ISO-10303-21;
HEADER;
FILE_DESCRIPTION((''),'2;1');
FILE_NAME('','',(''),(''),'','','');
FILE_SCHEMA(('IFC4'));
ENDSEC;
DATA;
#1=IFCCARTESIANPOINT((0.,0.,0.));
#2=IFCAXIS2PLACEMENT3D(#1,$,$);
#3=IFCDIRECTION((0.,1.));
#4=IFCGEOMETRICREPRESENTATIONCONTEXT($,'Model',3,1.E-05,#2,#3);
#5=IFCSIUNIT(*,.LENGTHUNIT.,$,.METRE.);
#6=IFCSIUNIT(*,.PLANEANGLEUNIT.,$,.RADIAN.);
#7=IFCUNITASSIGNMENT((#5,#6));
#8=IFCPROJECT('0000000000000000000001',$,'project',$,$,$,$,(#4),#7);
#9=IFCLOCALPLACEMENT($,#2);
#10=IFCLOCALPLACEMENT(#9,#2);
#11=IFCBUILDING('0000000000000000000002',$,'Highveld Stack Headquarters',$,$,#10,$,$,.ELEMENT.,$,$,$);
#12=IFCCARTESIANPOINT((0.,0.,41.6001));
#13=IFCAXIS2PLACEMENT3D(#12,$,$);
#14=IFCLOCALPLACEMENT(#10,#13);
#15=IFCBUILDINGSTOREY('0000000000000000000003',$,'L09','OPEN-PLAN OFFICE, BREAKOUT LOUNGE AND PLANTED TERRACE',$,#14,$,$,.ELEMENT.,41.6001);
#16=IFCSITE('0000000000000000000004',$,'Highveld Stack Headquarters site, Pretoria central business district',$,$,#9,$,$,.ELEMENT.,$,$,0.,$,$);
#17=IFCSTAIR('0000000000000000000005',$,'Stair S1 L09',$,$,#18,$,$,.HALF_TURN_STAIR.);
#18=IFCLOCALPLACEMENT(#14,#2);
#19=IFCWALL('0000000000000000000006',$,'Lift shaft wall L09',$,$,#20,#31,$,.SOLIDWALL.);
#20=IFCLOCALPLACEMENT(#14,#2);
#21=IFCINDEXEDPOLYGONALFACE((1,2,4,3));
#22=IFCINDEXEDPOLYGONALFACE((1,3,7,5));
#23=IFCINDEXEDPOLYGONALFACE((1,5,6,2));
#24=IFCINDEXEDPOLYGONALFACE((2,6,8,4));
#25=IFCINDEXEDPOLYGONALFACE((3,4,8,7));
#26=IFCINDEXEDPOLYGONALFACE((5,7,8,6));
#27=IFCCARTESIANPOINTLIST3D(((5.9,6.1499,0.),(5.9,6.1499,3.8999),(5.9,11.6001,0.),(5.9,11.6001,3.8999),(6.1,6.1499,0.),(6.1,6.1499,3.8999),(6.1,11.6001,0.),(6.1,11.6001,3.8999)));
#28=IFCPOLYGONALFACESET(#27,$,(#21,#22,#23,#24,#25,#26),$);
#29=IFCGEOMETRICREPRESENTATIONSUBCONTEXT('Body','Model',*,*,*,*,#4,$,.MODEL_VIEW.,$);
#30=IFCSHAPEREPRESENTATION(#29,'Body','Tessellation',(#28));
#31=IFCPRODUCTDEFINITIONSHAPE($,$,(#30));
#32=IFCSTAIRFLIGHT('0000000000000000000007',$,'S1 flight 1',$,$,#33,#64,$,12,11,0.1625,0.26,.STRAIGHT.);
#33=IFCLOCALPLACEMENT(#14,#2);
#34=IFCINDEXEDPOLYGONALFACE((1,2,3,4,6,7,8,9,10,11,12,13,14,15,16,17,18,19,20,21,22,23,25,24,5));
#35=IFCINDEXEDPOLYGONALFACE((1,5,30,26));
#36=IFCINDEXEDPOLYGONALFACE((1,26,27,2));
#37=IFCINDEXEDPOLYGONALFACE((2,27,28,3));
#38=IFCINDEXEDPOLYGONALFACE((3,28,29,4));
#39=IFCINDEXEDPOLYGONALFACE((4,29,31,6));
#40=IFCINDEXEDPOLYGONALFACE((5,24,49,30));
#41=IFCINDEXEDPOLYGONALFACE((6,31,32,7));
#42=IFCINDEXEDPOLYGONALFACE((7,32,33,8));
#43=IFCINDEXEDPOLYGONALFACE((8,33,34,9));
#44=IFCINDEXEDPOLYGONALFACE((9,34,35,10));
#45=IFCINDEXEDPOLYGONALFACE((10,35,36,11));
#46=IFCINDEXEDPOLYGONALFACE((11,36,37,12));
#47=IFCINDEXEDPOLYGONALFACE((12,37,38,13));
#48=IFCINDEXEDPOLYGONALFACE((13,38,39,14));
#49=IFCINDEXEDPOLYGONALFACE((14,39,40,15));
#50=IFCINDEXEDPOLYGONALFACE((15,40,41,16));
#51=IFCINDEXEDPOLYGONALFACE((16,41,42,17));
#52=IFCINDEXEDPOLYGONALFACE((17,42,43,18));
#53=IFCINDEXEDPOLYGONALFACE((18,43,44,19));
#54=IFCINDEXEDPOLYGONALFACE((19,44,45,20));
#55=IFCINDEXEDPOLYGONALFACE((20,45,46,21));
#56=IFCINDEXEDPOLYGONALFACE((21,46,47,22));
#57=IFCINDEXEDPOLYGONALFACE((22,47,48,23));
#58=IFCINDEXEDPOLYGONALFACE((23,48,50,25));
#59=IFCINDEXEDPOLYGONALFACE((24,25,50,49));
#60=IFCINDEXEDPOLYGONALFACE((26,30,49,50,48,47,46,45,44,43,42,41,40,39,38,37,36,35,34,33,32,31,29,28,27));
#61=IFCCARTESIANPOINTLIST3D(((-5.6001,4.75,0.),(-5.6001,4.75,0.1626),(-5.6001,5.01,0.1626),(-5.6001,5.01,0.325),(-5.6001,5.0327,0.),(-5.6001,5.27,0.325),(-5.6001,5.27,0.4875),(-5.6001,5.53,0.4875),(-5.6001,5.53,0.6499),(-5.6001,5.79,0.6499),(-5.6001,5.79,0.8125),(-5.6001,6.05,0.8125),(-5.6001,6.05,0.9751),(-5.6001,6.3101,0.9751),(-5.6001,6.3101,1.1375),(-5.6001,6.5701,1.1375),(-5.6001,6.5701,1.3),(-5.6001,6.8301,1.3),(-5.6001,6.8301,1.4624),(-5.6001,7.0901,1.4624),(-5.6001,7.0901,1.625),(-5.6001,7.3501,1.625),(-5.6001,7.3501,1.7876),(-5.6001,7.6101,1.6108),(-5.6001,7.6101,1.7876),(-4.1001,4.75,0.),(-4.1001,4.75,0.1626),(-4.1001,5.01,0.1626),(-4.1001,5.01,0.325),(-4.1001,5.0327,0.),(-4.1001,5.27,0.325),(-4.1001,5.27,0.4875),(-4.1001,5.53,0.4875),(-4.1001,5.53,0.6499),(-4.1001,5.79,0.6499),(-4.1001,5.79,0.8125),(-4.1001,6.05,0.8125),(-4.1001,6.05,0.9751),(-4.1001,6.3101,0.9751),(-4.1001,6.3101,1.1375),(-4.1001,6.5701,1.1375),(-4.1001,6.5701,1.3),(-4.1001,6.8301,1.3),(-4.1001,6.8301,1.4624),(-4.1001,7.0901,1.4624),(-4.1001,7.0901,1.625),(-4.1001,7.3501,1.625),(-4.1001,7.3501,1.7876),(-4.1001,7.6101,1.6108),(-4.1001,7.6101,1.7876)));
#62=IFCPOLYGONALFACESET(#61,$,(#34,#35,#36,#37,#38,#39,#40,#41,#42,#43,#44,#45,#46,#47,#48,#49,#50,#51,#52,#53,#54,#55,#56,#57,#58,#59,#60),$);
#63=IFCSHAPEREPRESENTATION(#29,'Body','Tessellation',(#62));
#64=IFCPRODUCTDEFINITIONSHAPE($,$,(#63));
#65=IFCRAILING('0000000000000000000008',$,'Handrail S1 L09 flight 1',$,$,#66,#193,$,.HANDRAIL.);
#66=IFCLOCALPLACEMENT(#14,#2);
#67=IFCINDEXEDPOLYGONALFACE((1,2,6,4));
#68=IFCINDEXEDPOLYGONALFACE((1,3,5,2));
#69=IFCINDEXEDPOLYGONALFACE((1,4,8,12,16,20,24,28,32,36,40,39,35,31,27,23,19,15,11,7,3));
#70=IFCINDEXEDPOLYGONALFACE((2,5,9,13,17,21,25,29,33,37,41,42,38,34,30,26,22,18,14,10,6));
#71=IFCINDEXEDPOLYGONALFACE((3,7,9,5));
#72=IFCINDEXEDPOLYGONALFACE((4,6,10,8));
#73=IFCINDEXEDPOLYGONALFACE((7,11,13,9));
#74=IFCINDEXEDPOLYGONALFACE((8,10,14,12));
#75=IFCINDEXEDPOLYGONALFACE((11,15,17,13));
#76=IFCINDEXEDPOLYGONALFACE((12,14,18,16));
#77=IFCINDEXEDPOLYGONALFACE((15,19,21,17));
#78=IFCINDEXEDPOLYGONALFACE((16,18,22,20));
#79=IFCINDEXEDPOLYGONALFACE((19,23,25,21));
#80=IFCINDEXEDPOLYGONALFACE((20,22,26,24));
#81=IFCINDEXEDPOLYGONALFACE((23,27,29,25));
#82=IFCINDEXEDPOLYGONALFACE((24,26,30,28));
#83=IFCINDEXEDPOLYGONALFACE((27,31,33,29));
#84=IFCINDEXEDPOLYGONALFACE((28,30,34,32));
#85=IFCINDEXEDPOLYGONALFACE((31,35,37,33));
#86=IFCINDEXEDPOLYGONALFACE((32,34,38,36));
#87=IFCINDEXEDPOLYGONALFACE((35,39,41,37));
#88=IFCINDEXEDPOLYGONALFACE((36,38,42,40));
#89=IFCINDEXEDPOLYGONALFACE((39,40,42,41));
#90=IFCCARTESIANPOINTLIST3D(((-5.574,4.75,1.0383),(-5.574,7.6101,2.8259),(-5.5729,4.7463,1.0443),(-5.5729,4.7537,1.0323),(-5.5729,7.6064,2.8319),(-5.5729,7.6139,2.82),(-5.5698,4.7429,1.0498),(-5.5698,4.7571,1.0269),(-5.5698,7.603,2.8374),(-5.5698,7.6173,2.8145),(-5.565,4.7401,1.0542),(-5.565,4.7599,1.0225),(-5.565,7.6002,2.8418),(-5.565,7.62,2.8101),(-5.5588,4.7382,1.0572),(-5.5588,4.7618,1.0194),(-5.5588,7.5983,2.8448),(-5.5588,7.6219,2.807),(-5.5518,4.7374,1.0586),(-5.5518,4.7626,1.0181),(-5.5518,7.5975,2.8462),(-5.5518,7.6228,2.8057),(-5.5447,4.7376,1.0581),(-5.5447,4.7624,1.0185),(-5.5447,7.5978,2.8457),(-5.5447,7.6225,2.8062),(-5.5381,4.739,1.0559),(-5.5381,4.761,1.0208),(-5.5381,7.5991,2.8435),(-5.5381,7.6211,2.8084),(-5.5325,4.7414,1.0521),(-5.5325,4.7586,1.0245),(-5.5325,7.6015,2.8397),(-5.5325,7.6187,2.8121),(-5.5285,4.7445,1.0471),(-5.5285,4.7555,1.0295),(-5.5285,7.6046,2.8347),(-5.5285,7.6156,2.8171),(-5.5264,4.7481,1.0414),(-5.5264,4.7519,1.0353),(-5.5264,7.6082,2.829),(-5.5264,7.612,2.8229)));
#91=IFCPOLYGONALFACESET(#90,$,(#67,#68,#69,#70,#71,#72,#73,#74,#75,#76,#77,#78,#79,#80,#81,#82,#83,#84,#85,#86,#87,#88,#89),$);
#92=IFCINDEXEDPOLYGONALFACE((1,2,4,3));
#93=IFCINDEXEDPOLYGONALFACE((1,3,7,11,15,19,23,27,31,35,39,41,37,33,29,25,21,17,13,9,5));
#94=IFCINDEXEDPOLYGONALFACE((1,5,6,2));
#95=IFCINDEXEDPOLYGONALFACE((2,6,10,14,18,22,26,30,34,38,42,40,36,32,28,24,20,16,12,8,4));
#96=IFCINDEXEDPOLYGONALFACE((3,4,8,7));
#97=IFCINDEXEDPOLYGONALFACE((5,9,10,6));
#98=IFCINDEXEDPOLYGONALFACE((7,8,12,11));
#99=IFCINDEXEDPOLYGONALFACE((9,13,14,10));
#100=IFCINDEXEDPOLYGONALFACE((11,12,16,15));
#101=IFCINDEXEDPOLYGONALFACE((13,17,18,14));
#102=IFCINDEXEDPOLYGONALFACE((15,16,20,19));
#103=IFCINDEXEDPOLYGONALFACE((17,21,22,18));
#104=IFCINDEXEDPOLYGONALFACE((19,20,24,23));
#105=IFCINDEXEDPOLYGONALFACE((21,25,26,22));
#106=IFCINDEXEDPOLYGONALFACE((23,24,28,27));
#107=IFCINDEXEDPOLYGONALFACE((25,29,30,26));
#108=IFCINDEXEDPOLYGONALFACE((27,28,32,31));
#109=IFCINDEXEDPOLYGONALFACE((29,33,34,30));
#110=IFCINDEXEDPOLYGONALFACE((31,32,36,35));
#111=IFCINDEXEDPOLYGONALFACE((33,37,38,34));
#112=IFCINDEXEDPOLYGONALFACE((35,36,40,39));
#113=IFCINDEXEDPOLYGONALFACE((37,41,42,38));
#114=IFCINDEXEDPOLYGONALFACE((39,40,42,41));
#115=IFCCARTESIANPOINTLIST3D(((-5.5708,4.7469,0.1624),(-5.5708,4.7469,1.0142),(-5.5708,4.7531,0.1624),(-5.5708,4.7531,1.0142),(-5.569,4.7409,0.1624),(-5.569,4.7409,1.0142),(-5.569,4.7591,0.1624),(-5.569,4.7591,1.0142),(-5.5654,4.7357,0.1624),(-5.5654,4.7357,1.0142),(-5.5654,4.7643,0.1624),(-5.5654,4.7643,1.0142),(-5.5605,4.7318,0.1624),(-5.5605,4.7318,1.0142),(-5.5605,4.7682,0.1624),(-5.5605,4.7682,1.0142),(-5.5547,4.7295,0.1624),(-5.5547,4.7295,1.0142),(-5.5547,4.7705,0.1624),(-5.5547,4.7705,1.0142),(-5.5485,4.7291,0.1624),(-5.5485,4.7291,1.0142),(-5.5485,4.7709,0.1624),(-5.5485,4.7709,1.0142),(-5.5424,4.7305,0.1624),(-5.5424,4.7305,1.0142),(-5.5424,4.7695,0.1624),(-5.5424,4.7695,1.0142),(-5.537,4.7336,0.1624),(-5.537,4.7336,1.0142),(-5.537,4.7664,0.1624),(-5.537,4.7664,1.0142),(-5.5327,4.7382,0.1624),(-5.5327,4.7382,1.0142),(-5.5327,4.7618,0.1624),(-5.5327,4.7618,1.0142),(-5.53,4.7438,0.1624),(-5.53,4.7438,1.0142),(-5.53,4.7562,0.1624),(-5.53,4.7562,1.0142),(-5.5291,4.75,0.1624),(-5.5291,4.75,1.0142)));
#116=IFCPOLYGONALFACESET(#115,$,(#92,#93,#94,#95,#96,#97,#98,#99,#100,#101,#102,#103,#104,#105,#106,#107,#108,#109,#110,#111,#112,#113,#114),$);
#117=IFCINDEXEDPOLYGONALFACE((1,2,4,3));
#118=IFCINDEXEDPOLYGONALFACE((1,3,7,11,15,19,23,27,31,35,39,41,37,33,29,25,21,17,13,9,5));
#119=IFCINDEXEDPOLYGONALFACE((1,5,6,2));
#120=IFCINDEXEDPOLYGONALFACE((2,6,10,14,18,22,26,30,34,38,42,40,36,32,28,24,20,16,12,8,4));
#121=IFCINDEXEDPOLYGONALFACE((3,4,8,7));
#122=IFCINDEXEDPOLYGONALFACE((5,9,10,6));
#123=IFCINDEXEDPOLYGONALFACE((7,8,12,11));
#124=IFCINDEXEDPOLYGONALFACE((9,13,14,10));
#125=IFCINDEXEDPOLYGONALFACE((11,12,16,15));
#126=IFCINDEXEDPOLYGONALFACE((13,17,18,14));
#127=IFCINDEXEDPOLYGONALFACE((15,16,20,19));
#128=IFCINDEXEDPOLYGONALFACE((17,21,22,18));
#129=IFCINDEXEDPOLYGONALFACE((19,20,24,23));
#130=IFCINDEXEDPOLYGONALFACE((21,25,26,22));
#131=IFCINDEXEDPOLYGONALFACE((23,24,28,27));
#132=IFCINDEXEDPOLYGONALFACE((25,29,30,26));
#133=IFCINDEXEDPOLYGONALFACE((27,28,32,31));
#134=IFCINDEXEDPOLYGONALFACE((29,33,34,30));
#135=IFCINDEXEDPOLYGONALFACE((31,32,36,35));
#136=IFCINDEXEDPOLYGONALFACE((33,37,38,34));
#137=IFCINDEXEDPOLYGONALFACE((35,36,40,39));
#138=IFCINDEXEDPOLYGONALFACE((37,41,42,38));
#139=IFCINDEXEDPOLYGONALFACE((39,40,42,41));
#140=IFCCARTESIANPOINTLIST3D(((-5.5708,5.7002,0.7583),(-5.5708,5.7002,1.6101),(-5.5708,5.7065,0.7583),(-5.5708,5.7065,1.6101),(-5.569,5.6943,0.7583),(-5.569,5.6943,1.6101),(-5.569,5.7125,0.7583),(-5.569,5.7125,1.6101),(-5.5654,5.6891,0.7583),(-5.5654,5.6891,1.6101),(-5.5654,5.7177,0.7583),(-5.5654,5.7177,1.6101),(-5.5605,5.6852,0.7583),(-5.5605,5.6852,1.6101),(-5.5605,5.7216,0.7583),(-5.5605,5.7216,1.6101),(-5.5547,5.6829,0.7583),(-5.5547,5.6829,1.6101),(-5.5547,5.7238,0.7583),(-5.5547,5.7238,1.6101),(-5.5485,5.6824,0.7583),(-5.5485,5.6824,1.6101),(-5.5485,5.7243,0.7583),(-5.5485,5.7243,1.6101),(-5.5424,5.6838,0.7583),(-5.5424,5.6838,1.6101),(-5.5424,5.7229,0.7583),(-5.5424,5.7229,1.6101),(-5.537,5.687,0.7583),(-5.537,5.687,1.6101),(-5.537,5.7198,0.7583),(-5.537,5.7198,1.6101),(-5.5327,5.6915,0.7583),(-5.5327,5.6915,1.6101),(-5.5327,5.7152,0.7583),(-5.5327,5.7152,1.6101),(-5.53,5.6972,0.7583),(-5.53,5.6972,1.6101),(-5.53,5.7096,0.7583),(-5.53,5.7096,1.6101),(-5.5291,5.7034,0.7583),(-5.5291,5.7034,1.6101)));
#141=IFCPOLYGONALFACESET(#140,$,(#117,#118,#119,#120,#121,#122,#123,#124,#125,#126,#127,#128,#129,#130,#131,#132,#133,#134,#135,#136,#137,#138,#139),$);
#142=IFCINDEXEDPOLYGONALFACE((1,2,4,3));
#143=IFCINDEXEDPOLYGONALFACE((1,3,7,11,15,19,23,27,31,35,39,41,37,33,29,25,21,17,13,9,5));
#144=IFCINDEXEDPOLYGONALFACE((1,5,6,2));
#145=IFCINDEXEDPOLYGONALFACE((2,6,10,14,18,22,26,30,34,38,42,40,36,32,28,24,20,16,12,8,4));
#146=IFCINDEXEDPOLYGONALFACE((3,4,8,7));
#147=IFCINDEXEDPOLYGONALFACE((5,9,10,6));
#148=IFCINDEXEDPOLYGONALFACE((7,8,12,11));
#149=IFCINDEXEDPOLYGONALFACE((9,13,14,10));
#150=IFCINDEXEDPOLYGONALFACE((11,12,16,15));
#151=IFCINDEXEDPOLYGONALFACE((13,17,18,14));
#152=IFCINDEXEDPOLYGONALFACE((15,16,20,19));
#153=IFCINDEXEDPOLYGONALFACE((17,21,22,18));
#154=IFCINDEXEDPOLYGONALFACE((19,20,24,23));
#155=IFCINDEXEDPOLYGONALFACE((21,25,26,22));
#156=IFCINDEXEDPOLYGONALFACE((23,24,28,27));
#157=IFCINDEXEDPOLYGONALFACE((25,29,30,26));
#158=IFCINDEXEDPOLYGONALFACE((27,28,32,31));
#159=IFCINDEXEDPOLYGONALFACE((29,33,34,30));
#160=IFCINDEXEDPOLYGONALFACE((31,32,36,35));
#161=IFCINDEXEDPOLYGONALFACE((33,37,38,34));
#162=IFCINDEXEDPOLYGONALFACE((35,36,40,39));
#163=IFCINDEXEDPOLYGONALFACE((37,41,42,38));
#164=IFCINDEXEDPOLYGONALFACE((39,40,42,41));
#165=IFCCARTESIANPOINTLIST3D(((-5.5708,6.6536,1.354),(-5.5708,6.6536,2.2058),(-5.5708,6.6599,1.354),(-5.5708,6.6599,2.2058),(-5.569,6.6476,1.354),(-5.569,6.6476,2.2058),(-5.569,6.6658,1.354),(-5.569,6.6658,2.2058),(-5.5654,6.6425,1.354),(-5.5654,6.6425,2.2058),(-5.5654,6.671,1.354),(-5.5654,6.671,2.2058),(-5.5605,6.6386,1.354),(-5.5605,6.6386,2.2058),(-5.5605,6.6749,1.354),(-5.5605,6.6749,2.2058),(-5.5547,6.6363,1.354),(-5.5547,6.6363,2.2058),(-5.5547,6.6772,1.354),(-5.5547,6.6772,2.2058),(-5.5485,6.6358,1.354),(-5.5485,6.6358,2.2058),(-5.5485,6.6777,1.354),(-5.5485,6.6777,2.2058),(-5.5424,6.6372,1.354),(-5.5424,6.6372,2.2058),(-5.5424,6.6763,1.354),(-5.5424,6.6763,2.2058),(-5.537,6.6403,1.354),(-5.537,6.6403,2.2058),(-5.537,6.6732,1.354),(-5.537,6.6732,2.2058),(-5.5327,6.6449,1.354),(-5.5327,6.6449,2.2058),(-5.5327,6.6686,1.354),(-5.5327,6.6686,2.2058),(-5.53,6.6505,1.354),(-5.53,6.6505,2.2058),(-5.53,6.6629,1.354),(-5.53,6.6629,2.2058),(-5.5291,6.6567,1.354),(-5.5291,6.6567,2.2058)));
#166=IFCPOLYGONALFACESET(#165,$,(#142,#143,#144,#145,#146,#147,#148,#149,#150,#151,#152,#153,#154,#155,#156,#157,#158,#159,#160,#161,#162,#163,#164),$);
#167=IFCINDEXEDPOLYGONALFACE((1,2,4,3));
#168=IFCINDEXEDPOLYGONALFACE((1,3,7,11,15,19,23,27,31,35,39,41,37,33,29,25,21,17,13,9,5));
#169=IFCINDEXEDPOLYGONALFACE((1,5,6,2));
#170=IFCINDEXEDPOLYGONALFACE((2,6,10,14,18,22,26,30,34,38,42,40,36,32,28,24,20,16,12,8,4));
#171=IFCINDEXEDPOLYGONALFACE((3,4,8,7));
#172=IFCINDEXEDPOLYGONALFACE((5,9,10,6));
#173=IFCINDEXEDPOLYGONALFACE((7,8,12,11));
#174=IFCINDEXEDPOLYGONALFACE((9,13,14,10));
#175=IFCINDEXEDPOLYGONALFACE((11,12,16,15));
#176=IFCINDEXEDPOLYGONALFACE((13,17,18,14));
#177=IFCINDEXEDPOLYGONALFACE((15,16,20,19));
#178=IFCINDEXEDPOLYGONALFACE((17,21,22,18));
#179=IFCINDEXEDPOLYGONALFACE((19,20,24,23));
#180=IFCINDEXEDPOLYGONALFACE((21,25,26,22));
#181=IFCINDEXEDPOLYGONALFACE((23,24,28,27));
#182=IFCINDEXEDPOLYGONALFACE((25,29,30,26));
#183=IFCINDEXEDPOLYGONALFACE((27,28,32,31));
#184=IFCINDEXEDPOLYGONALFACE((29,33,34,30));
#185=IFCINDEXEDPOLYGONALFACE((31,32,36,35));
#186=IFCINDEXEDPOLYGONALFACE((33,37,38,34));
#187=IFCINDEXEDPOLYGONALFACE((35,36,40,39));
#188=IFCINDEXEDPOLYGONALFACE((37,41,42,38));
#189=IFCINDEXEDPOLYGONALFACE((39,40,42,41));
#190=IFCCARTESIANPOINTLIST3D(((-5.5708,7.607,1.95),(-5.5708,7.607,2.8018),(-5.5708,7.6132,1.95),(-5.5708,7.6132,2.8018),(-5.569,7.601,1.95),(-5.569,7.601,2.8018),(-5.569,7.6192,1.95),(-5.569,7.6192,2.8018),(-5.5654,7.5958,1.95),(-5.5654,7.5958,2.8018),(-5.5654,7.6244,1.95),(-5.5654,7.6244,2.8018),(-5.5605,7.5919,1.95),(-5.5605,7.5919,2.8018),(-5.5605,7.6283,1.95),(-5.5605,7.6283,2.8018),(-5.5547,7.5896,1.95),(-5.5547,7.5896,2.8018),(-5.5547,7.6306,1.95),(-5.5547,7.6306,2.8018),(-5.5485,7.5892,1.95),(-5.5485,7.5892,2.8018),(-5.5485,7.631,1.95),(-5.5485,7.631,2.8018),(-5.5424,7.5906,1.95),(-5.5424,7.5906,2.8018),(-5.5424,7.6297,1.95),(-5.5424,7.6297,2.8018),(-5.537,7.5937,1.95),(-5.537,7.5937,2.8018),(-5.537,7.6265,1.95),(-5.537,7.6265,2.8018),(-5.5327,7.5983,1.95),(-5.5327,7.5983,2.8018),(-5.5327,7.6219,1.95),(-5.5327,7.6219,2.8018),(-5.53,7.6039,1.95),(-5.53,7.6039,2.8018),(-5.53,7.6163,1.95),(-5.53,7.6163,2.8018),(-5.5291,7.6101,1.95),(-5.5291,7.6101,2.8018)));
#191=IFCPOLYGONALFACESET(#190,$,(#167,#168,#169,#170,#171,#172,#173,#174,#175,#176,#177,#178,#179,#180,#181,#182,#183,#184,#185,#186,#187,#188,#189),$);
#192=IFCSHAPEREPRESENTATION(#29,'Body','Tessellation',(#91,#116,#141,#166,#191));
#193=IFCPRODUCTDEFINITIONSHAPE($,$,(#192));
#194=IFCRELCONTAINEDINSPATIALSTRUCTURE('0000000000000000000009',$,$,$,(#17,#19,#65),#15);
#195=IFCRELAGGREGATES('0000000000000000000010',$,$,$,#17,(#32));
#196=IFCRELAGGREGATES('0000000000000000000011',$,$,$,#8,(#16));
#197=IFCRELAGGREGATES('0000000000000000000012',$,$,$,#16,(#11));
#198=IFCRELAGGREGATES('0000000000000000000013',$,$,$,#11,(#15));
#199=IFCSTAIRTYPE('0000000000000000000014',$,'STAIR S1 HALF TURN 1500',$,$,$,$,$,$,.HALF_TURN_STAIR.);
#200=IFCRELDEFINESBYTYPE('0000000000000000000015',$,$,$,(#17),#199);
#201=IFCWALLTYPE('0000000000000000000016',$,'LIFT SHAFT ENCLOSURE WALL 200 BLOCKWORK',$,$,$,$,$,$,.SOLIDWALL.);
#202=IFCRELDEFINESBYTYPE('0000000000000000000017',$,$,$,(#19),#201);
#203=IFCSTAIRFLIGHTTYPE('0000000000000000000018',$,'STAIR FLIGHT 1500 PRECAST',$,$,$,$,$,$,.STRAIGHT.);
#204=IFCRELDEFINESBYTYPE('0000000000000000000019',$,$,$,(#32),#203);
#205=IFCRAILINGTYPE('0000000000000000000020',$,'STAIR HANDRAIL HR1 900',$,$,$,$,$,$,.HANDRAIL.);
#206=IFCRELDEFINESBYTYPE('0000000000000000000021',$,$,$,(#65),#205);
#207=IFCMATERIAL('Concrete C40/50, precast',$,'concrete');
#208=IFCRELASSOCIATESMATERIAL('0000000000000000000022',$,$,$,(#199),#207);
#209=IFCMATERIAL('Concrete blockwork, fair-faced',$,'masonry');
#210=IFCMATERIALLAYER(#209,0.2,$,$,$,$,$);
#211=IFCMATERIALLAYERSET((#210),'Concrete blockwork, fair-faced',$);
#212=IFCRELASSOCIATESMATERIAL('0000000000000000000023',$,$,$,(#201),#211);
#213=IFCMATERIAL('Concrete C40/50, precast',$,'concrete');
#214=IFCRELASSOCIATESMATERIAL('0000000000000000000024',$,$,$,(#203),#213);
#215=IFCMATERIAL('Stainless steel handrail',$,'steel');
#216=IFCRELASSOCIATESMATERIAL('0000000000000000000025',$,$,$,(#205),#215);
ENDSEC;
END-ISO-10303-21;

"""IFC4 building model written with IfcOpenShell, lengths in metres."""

from ifc_helpers import new_model, si_unit, direction, frame, frame_2d, origin, origin_2d, place, context, subcontext, project, spatial, polyline, rectangle, circle, outline, extrude, material, layer, layer_set, type_object, element, aggregate, save


model = new_model("IFC4")

# Units and contexts
model_context = context("Model", 3, precision=1e-05, world=origin(), true_north=direction((0.0, 1.0)))
body_context = subcontext(model_context, "Body", "Model", "MODEL_VIEW")
ifc_project = project(units=[si_unit("LENGTHUNIT", "METRE"), si_unit("PLANEANGLEUNIT", "RADIAN")], contexts=[model_context])

# Site, building, storey
site_placement = place(None, origin())
site = spatial("IfcSite", under=ifc_project, at=site_placement, Name="Highveld Stack Headquarters site, Pretoria central business district", CompositionType="ELEMENT", RefElevation=0.0)
building_placement = place(site_placement, origin())
building = spatial("IfcBuilding", under=site, at=building_placement, Name="Highveld Stack Headquarters", CompositionType="ELEMENT")
storey_placement = place(building_placement, frame((0.0, 0.0, 41.6001)))
storey = spatial("IfcBuildingStorey", under=building, at=storey_placement, Name="L09", Description="OPEN-PLAN OFFICE, BREAKOUT LOUNGE AND PLANTED TERRACE", CompositionType="ELEMENT", Elevation=41.6001)

# Stair
ifc_material_1 = material(Name="Concrete C40/50, precast", Category="concrete")
stair_type_1 = type_object("IfcStairType", Name="STAIR S1 HALF TURN 1500", PredefinedType="HALF_TURN_STAIR", material=ifc_material_1)
stair_1_placement = place(storey_placement, origin())
stair_1 = element("IfcStair", 1, at=stair_1_placement, inside=storey, type_object=stair_type_1, Name="Stair S1 L09", PredefinedType="HALF_TURN_STAIR")

# Wall
ifc_material_2 = material(Name="Concrete blockwork, fair-faced", Category="masonry")
ifc_layer_1 = layer(ifc_material_2, 0.2)
ifc_layer_set_1 = layer_set([ifc_layer_1], Name="Concrete blockwork, fair-faced")
wall_type_1 = type_object("IfcWallType", Name="LIFT SHAFT ENCLOSURE WALL 200 BLOCKWORK", PredefinedType="SOLIDWALL", material=ifc_layer_set_1)
for number, where, z_axis, x_axis, name in (
    (2, (6.0, 6.1499, 0.0), (0.0, 0.0, 1.0), (0.0, 1.0, 0.0), "Lift shaft wall L09"),
):
    element("IfcWall", number, at=place(storey_placement, frame(where, z_axis=z_axis, x_axis=x_axis)), inside=storey, type_object=wall_type_1, Name=name, PredefinedType="SOLIDWALL", context=body_context, shape_type="SweptSolid", body=[
        extrude(rectangle(XDim=5.4502, YDim=0.2, at=frame_2d((2.7251, 0.0))), origin(), (0.0, 0.0, 1.0), 3.8999),
    ])

# Stair flight
ifc_material_3 = material(Name="Concrete C40/50, precast", Category="concrete")
stair_flight_type = type_object("IfcStairFlightType", Name="STAIR FLIGHT 1500 PRECAST", PredefinedType="STRAIGHT", material=ifc_material_3)
stair_flight_placement = place(storey_placement, frame((-4.8501, 4.75, 0.0), z_axis=(0.0, 0.0, 1.0), x_axis=(0.0, 1.0, 0.0)))
stair_flight = element("IfcStairFlight", 3, at=stair_flight_placement, type_object=stair_flight_type, Name="S1 flight 1", NumberOfRisers=12, NumberOfTreads=11, PredefinedType="STRAIGHT", RiserHeight=0.1625, TreadLength=0.26, context=body_context, shape_type="SweptSolid", body=[
    extrude(outline(polyline([(0.0, 0.0), (0.0, 0.1626), (0.26, 0.1626), (0.26, 0.325), (0.52, 0.325), (0.52, 0.4875), (0.78, 0.4875), (0.78, 0.6499), (1.04, 0.6499), (1.04, 0.8125), (1.3, 0.8125), (1.3, 0.9751), (1.5601, 0.9751), (1.5601, 1.1375), (1.8201, 1.1375), (1.8201, 1.3), (2.0801, 1.3), (2.0801, 1.4624), (2.3401, 1.4624), (2.3401, 1.625), (2.6001, 1.625), (2.6001, 1.7876), (2.8601, 1.7876), (2.8601, 1.95), (2.8601, 1.6108), (0.2827, 0.0), (0.0, 0.0)])), frame((0.0, 0.75, 0.0), z_axis=(0.0, -1.0, 0.0), x_axis=(1.0, 0.0, 0.0)), (0.0, 0.0, 1.0), 1.5),
])
aggregate(stair_1, [stair_flight])

# Railing
ifc_material_4 = material(Name="Stainless steel handrail", Category="steel")
railing_type = type_object("IfcRailingType", Name="STAIR HANDRAIL HR1 900", PredefinedType="HANDRAIL", material=ifc_material_4)
for number, where, name in (
    (4, (-5.55, 4.75, 0.1624), "Handrail S1 L09 flight 1"),
):
    element("IfcRailing", number, at=place(storey_placement, frame(where)), inside=storey, type_object=railing_type, Name=name, PredefinedType="HANDRAIL", context=body_context, shape_type="SweptSolid", body=[
        extrude(circle(Radius=0.0239, at=origin_2d()), frame((0.0, 0.0, 0.876), z_axis=(0.0, 0.847994, 0.530005), x_axis=(-1.0, 0.0, 0.0)), (0.0, 0.0, 1.0), 3.3728),
        extrude(circle(Radius=0.021, at=origin_2d()), origin(), (0.0, 0.0, 1.0), 0.8518),
        extrude(circle(Radius=0.021, at=origin_2d()), frame((0.0, 0.9534, 0.5959)), (0.0, 0.0, 1.0), 0.8518),
        extrude(circle(Radius=0.021, at=origin_2d()), frame((0.0, 1.9067, 1.1917)), (0.0, 0.0, 1.0), 0.8518),
        extrude(circle(Radius=0.021, at=origin_2d()), frame((0.0, 2.8601, 1.7876)), (0.0, 0.0, 1.0), 0.8518),
    ])

save(model, "model.ifc")
